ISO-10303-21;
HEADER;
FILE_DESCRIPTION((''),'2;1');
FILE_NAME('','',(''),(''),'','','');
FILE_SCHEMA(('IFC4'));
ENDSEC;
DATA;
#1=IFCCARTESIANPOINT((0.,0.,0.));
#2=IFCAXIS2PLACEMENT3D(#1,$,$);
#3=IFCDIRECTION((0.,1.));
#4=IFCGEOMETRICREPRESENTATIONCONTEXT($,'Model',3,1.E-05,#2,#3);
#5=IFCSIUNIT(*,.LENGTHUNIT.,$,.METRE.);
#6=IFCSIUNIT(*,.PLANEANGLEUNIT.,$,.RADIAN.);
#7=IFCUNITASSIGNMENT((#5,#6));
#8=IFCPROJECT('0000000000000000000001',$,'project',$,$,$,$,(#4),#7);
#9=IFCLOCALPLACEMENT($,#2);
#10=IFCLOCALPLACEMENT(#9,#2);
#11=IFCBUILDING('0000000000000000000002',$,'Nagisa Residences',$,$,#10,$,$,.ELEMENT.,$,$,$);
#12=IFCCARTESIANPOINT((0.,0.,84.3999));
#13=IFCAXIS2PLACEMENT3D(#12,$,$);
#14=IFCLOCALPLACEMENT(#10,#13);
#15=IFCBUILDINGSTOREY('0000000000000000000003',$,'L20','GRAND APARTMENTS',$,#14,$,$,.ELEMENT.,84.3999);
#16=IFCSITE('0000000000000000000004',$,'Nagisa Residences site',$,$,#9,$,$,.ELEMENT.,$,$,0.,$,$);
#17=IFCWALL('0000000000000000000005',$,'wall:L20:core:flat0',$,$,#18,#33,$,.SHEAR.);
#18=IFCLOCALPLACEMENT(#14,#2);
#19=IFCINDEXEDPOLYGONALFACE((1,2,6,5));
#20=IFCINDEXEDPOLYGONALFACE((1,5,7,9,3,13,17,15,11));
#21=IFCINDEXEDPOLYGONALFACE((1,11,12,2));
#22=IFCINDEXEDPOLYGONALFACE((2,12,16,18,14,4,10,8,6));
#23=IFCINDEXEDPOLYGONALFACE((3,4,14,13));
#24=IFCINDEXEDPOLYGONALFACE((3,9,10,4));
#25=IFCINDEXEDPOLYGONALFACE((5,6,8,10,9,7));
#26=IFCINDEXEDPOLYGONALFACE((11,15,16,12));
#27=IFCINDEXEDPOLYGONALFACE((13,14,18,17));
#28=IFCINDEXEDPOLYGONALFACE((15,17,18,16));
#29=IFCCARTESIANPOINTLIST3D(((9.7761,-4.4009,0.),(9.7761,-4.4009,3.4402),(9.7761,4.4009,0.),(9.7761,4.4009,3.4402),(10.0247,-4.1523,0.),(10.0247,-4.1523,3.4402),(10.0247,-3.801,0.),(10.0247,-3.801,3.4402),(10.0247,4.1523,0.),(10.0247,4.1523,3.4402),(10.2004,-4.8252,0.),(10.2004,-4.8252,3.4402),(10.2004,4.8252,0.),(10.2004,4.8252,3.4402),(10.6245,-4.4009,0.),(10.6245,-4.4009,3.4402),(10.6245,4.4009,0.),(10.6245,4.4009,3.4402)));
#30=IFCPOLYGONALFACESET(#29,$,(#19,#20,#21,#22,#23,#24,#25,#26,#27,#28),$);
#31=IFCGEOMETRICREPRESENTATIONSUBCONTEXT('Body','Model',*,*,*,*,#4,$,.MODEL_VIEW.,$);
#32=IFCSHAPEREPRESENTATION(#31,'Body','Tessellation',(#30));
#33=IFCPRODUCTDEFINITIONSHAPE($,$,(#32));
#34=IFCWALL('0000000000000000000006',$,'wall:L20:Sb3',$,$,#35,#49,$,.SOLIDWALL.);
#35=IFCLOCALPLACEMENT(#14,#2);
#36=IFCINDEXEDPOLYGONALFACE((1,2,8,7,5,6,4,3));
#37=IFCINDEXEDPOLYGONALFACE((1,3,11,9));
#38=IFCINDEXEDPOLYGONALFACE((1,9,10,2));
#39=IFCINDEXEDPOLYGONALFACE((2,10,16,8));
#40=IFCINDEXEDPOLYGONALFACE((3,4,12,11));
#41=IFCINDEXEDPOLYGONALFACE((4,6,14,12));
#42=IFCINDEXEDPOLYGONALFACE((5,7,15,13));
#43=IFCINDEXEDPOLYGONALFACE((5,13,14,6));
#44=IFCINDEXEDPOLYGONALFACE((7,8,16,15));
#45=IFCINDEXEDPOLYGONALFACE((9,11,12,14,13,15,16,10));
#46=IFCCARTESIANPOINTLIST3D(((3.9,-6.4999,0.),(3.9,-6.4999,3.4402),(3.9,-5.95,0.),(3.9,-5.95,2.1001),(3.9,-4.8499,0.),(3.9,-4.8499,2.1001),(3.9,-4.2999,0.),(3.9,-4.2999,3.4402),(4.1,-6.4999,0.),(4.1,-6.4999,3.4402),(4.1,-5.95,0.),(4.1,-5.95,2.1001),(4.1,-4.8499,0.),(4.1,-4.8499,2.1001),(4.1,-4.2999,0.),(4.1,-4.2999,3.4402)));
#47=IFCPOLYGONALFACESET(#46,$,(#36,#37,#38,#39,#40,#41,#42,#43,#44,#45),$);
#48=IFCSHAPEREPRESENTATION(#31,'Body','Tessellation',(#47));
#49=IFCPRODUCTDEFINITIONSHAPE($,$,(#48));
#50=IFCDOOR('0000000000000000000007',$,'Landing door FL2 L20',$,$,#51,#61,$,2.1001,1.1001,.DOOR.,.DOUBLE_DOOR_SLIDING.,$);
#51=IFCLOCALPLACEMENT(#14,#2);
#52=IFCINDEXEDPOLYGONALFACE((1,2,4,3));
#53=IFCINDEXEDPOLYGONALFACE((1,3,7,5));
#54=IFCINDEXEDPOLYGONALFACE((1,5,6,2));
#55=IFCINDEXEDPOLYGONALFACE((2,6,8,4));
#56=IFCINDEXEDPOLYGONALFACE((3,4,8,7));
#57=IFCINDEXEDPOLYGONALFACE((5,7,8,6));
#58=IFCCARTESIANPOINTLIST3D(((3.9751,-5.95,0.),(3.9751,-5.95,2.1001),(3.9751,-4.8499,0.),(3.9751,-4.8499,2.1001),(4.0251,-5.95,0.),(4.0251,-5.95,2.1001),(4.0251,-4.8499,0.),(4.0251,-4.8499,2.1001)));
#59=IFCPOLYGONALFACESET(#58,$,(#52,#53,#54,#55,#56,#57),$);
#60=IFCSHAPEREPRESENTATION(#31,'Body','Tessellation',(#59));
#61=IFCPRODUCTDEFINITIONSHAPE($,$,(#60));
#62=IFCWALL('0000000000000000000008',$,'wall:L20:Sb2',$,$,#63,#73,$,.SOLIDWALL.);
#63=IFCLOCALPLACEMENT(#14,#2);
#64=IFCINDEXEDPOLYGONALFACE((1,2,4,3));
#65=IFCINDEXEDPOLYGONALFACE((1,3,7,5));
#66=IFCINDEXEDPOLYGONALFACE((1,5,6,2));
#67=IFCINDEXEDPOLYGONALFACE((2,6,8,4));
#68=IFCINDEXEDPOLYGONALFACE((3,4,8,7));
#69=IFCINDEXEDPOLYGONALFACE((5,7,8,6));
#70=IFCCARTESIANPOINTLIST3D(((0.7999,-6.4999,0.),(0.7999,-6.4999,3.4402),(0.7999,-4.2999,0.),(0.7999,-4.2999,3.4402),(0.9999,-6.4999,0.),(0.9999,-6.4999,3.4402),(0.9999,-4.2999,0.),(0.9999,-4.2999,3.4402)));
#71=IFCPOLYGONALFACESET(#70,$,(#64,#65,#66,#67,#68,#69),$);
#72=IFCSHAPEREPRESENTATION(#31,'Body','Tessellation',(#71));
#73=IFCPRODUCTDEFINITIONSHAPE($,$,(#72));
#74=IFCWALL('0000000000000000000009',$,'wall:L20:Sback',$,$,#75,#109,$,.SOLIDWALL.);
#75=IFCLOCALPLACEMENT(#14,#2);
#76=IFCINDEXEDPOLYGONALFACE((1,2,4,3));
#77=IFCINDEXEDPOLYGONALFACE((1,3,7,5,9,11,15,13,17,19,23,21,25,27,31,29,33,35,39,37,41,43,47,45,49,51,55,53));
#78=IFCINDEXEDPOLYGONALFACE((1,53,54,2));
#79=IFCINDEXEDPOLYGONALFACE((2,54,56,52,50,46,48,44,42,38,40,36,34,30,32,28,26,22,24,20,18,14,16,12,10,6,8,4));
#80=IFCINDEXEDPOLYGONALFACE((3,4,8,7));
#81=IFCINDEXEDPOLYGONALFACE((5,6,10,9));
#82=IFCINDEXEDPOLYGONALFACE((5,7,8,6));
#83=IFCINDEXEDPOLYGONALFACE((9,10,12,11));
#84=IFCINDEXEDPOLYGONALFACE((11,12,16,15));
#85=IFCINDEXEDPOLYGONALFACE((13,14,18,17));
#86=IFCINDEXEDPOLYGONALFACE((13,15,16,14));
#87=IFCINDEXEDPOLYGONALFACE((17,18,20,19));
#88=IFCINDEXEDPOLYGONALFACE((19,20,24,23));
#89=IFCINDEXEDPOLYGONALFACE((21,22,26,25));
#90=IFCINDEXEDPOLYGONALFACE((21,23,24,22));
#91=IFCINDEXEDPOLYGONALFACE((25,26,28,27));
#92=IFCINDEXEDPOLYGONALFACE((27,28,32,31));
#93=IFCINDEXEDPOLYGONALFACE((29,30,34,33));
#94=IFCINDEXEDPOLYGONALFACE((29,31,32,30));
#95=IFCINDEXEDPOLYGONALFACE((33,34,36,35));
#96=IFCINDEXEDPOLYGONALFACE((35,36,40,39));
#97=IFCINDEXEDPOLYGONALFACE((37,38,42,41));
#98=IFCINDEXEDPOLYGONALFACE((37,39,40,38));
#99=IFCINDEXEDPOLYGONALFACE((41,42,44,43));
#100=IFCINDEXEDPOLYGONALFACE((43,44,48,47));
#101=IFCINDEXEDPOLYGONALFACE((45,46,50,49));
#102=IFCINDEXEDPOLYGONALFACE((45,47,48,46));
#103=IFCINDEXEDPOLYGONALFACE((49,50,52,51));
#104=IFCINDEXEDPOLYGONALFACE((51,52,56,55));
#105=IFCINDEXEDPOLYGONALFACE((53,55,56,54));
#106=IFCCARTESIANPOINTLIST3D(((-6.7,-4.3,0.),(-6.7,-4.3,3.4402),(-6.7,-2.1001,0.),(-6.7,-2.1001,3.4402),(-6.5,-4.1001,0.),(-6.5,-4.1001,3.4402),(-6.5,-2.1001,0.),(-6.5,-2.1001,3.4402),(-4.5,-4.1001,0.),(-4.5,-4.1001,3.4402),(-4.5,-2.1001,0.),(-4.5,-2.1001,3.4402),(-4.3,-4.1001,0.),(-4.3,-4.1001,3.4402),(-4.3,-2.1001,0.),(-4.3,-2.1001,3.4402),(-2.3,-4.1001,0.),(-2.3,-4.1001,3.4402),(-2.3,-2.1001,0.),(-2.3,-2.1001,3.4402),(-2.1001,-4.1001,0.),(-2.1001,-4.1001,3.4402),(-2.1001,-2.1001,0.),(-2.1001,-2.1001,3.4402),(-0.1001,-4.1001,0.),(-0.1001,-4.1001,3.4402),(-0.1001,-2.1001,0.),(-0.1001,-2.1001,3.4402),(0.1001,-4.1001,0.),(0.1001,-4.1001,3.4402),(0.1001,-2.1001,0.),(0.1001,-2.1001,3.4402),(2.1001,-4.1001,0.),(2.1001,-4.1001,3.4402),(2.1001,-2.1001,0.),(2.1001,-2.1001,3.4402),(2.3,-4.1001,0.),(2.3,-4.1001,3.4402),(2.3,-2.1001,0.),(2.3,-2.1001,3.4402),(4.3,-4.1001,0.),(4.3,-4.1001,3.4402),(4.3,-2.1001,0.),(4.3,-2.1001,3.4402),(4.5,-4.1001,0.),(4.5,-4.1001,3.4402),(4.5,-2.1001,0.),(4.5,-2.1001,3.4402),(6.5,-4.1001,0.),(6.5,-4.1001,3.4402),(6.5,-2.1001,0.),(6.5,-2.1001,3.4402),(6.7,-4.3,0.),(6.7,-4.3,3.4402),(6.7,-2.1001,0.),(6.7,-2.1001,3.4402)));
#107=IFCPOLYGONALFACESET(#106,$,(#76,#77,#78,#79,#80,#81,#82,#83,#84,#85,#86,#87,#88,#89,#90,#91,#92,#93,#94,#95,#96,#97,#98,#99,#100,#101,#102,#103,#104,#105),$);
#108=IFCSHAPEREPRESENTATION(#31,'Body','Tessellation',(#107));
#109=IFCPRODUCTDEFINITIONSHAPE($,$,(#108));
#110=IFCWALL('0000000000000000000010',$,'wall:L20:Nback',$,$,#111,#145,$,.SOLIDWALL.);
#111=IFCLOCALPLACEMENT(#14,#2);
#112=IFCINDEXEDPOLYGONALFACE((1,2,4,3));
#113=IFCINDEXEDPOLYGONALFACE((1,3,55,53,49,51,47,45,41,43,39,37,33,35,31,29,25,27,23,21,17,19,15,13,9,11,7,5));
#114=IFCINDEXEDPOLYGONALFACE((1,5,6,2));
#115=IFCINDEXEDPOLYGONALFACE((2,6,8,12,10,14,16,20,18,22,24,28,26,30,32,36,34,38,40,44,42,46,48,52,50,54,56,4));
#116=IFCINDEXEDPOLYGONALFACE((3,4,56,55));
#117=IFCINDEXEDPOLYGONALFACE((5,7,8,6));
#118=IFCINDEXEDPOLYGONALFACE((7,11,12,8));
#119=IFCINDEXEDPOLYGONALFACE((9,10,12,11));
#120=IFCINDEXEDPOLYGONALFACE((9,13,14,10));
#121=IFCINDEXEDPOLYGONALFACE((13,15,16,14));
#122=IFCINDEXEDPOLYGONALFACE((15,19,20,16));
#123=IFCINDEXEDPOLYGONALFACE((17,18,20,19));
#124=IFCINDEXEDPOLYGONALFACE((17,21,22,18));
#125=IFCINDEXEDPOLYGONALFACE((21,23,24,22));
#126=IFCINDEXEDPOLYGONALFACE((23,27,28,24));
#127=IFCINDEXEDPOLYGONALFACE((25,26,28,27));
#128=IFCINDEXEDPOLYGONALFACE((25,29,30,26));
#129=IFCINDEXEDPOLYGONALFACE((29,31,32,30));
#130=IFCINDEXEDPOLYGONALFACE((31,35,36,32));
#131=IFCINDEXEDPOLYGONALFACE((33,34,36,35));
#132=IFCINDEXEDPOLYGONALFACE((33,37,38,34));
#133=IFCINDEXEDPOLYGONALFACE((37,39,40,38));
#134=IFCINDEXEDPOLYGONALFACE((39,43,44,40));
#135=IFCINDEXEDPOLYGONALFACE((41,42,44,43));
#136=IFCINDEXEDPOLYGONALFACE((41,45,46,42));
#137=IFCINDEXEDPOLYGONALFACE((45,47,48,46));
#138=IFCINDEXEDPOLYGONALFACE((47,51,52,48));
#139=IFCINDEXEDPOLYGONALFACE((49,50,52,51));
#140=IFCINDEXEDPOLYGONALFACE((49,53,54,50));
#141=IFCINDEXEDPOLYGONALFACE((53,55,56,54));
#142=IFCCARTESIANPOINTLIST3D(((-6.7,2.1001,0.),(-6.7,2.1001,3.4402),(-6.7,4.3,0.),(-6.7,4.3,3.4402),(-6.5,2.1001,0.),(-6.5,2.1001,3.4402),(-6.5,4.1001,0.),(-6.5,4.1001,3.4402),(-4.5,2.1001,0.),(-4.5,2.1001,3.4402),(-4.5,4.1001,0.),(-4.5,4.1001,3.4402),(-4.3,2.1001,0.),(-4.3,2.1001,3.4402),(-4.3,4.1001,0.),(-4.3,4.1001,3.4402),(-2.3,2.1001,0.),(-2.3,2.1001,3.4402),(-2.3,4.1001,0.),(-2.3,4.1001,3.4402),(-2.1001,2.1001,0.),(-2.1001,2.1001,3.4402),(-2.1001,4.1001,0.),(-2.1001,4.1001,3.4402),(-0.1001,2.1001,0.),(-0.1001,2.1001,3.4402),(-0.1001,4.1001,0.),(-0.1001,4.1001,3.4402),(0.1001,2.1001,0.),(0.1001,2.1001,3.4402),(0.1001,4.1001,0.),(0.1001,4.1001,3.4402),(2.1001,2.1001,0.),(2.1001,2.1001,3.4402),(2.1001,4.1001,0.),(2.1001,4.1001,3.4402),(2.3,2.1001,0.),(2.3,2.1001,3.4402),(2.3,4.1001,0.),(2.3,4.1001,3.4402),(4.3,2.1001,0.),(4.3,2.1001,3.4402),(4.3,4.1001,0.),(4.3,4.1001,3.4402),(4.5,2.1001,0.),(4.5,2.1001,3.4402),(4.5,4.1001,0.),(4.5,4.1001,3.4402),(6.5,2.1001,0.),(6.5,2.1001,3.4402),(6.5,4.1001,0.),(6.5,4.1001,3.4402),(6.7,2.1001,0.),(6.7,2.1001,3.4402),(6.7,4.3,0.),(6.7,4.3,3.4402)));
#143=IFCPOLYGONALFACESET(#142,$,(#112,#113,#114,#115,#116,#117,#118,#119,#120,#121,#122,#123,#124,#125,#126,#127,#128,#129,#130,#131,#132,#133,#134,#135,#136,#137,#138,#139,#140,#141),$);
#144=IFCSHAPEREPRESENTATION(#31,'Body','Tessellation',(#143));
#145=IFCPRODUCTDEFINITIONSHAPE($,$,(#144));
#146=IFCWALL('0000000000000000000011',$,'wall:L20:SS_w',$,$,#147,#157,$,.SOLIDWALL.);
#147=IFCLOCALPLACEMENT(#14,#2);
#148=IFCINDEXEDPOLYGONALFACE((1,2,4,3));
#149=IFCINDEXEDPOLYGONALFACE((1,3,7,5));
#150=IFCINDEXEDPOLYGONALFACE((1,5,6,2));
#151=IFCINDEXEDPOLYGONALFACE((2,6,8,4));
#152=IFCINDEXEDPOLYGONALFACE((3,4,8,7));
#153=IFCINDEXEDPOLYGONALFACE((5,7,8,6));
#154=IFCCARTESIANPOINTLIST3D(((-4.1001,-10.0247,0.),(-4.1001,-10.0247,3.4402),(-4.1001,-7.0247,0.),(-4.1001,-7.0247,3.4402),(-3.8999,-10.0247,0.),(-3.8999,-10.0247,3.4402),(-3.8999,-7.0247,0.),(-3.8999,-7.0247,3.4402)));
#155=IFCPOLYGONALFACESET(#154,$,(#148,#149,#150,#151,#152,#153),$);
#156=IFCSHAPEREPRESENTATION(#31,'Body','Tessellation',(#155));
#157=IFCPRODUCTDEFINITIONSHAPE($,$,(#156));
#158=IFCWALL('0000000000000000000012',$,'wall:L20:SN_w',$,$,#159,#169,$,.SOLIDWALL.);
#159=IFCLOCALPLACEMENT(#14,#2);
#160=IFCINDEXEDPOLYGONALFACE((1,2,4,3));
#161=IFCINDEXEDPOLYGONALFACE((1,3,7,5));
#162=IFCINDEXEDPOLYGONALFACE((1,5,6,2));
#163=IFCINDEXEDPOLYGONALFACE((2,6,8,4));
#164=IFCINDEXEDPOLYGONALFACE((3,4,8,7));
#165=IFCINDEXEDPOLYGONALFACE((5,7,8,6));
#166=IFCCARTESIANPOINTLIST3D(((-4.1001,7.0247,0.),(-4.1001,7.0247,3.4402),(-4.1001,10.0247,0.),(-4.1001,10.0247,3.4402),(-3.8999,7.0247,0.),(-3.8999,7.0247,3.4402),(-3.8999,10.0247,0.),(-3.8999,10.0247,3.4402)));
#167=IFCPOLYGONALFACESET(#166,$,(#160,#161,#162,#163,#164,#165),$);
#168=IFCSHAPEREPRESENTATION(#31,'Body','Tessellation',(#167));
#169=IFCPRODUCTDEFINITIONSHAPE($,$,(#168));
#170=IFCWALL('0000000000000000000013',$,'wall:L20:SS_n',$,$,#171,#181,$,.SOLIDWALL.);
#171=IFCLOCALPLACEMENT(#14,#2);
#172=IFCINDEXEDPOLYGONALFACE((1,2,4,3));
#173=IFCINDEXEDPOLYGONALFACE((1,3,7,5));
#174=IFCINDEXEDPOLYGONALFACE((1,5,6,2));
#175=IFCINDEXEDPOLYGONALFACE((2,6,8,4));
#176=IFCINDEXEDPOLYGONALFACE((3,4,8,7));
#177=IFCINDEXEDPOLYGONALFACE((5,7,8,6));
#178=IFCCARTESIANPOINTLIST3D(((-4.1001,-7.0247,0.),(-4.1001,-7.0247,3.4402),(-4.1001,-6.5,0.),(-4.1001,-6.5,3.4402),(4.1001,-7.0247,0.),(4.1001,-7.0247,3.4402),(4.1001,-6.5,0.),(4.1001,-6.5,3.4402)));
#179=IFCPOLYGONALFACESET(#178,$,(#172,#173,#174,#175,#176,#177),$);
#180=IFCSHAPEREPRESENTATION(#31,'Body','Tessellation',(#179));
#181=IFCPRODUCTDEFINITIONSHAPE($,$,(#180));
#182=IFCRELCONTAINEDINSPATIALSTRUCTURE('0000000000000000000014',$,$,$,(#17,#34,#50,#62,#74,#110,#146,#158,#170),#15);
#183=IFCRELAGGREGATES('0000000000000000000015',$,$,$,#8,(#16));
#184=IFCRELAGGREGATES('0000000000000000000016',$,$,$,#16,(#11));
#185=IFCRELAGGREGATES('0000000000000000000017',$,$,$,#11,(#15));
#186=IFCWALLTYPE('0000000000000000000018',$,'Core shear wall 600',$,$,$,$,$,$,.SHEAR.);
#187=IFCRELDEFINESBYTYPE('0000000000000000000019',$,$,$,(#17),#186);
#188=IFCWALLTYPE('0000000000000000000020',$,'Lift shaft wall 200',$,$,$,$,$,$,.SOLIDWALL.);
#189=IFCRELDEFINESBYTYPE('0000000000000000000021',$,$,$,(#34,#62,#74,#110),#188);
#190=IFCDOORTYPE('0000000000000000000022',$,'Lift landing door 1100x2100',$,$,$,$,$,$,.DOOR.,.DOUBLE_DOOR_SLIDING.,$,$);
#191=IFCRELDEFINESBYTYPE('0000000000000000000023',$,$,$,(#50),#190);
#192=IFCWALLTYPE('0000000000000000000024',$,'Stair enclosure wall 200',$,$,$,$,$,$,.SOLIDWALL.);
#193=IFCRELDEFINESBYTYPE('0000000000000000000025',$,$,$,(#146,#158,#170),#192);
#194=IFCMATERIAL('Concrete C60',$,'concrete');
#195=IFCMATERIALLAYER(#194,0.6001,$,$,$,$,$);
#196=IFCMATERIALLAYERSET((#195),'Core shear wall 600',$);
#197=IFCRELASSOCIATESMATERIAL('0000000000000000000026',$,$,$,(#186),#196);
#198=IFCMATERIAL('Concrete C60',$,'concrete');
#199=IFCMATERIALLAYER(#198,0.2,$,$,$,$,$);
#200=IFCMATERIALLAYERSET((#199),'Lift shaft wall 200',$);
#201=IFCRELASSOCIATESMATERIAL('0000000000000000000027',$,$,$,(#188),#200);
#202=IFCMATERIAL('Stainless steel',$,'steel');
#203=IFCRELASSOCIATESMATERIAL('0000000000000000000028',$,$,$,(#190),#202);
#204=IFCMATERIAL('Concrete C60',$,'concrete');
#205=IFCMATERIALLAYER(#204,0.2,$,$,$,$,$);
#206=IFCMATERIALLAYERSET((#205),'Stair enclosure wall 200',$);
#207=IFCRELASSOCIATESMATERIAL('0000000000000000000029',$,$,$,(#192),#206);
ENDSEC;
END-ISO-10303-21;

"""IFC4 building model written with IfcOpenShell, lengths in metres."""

from ifc_helpers import new_model, si_unit, direction, frame, frame_2d, origin, place, context, subcontext, project, spatial, polyline, rectangle, outline, extrude, material, layer, layer_set, type_object, element, fill, save


model = new_model("IFC4")

# Units and contexts
model_context = context("Model", 3, precision=1e-05, world=origin(), true_north=direction((0.0, 1.0)))
body_context = subcontext(model_context, "Body", "Model", "MODEL_VIEW")
ifc_project = project(units=[si_unit("LENGTHUNIT", "METRE"), si_unit("PLANEANGLEUNIT", "RADIAN")], contexts=[model_context])

# Site, building, storey
site_placement = place(None, origin())
site = spatial("IfcSite", under=ifc_project, at=site_placement, Name="Nagisa Residences site", CompositionType="ELEMENT", RefElevation=0.0)
building_placement = place(site_placement, origin())
building = spatial("IfcBuilding", under=site, at=building_placement, Name="Nagisa Residences", CompositionType="ELEMENT")
storey_placement = place(building_placement, frame((0.0, 0.0, 84.3999)))
storey = spatial("IfcBuildingStorey", under=building, at=storey_placement, Name="L20", Description="GRAND APARTMENTS", CompositionType="ELEMENT", Elevation=84.3999)

# Shared definitions
ifc_material_1 = material(Name="Concrete C60", Category="concrete")
ifc_layer_1 = layer(ifc_material_1, 0.6001)
ifc_layer_set_1 = layer_set([ifc_layer_1], Name="Core shear wall 600")
wall_type_1 = type_object("IfcWallType", Name="Core shear wall 600", PredefinedType="SHEAR", material=ifc_layer_set_1)

# Wall
wall_1_placement = place(storey_placement, origin())
element("IfcWall", 1, at=wall_1_placement, inside=storey, type_object=wall_type_1, Name="wall:L20:core:flat0", PredefinedType="SHEAR", context=body_context, shape_type="SweptSolid", body=[
    extrude(outline(polyline([(9.7761, -4.4009), (10.0247, -4.1523), (10.0247, -3.801), (10.0247, 4.1523), (9.7761, 4.4009), (10.2004, 4.8252), (10.6245, 4.4009), (10.6245, -4.4009), (10.2004, -4.8252), (9.7761, -4.4009)])), origin(), (0.0, 0.0, 1.0), 3.4402),
])

# Wall, opening, door
ifc_material_2 = material(Name="Concrete C60", Category="concrete")
ifc_layer_2 = layer(ifc_material_2, 0.2)
ifc_layer_set_2 = layer_set([ifc_layer_2], Name="Lift shaft wall 200")
wall_type_2 = type_object("IfcWallType", Name="Lift shaft wall 200", PredefinedType="SOLIDWALL", material=ifc_layer_set_2)
wall_2_placement = place(storey_placement, frame((4.0, -6.5, 0.0), z_axis=(0.0, 0.0, 1.0), x_axis=(0.0, 1.0, 0.0)))
wall_2 = element("IfcWall", 2, at=wall_2_placement, inside=storey, type_object=wall_type_2, Name="wall:L20:Sb3", PredefinedType="SOLIDWALL", context=body_context, shape_type="SweptSolid", body=[
    extrude(rectangle(XDim=2.2, YDim=0.2, at=frame_2d((1.1001, 0.0))), origin(), (0.0, 0.0, 1.0), 3.4402),
])
opening_1_placement = place(wall_2_placement, frame((0.55, 0.0, 0.0)))
opening_1 = element("IfcOpeningElement", 3, at=opening_1_placement, cuts=wall_2, PredefinedType="OPENING", context=body_context, shape_type="SweptSolid", body=[
    extrude(rectangle(XDim=1.1001, YDim=2.1001, at=frame_2d((0.55, 1.05))), frame((0.0, 0.1099, 0.0), z_axis=(0.0, -1.0, 0.0), x_axis=(1.0, 0.0, 0.0)), (0.0, 0.0, 1.0), 0.22),
])
ifc_material_3 = material(Name="Stainless steel", Category="steel")
door_type_1 = type_object("IfcDoorType", Name="Lift landing door 1100x2100", OperationType="DOUBLE_DOOR_SLIDING", PredefinedType="DOOR", material=ifc_material_3)
door_1_placement = place(opening_1_placement, origin())
door_1 = element("IfcDoor", 4, at=door_1_placement, inside=storey, type_object=door_type_1, Name="Landing door FL2 L20", OperationType="DOUBLE_DOOR_SLIDING", OverallHeight=2.1001, OverallWidth=1.1001, PredefinedType="DOOR", context=body_context, shape_type="SweptSolid", body=[
    extrude(rectangle(XDim=1.1001, YDim=2.1001, at=frame_2d((0.55, 1.05))), frame((0.0, 0.0249, 0.0), z_axis=(0.0, -1.0, 0.0), x_axis=(1.0, 0.0, 0.0)), (0.0, 0.0, 1.0), 0.05),
])
fill(opening_1, door_1)

# Walls
wall_3_placement = place(storey_placement, frame((0.8999, -6.5, 0.0), z_axis=(0.0, 0.0, 1.0), x_axis=(0.0, 1.0, 0.0)))
element("IfcWall", 5, at=wall_3_placement, inside=storey, type_object=wall_type_2, Name="wall:L20:Sb2", PredefinedType="SOLIDWALL", context=body_context, shape_type="SweptSolid", body=[
    extrude(rectangle(XDim=2.2, YDim=0.2, at=frame_2d((1.1001, 0.0))), origin(), (0.0, 0.0, 1.0), 3.4402),
])
wall_4_placement = place(storey_placement, origin())
element("IfcWall", 6, at=wall_4_placement, inside=storey, type_object=wall_type_2, Name="wall:L20:Sback", PredefinedType="SOLIDWALL", context=body_context, shape_type="SweptSolid", body=[
    extrude(outline(polyline([(-6.7, -2.1001), (-6.5, -2.1001), (-6.5, -4.1001), (-4.5, -4.1001), (-4.5, -2.1001), (-4.3, -2.1001), (-4.3, -4.1001), (-2.3, -4.1001), (-2.3, -2.1001), (-2.1001, -2.1001), (-2.1001, -4.1001), (-0.1001, -4.1001), (-0.1001, -2.1001), (0.1001, -2.1001), (0.1001, -4.1001), (2.1001, -4.1001), (2.1001, -2.1001), (2.3, -2.1001), (2.3, -4.1001), (4.3, -4.1001), (4.3, -2.1001), (4.5, -2.1001), (4.5, -4.1001), (6.5, -4.1001), (6.5, -2.1001), (6.7, -2.1001), (6.7, -4.3), (-6.7, -4.3), (-6.7, -2.1001)])), origin(), (0.0, 0.0, 1.0), 3.4402),
])
wall_5_placement = place(storey_placement, origin())
element("IfcWall", 7, at=wall_5_placement, inside=storey, type_object=wall_type_2, Name="wall:L20:Nback", PredefinedType="SOLIDWALL", context=body_context, shape_type="SweptSolid", body=[
    extrude(outline(polyline([(-6.5, 2.1001), (-6.7, 2.1001), (-6.7, 4.3), (6.7, 4.3), (6.7, 2.1001), (6.5, 2.1001), (6.5, 4.1001), (4.5, 4.1001), (4.5, 2.1001), (4.3, 2.1001), (4.3, 4.1001), (2.3, 4.1001), (2.3, 2.1001), (2.1001, 2.1001), (2.1001, 4.1001), (0.1001, 4.1001), (0.1001, 2.1001), (-0.1001, 2.1001), (-0.1001, 4.1001), (-2.1001, 4.1001), (-2.1001, 2.1001), (-2.3, 2.1001), (-2.3, 4.1001), (-4.3, 4.1001), (-4.3, 2.1001), (-4.5, 2.1001), (-4.5, 4.1001), (-6.5, 4.1001), (-6.5, 2.1001)])), origin(), (0.0, 0.0, 1.0), 3.4402),
])
ifc_material_4 = material(Name="Concrete C60", Category="concrete")
ifc_layer_3 = layer(ifc_material_4, 0.2)
ifc_layer_set_3 = layer_set([ifc_layer_3], Name="Stair enclosure wall 200")
wall_type_3 = type_object("IfcWallType", Name="Stair enclosure wall 200", PredefinedType="SOLIDWALL", material=ifc_layer_set_3)
wall_6_placement = place(storey_placement, origin())
element("IfcWall", 8, at=wall_6_placement, inside=storey, type_object=wall_type_3, Name="wall:L20:SS_w", PredefinedType="SOLIDWALL", context=body_context, shape_type="SweptSolid", body=[
    extrude(outline(polyline([(-3.8999, -10.0247), (-4.1001, -10.0247), (-4.1001, -7.0247), (-3.8999, -7.0247), (-3.8999, -10.0247)])), origin(), (0.0, 0.0, 1.0), 3.4402),
])
wall_7_placement = place(storey_placement, origin())
element("IfcWall", 9, at=wall_7_placement, inside=storey, type_object=wall_type_3, Name="wall:L20:SN_w", PredefinedType="SOLIDWALL", context=body_context, shape_type="SweptSolid", body=[
    extrude(outline(polyline([(-3.8999, 7.0247), (-4.1001, 7.0247), (-4.1001, 10.0247), (-3.8999, 10.0247), (-3.8999, 7.0247)])), origin(), (0.0, 0.0, 1.0), 3.4402),
])
wall_8_placement = place(storey_placement, origin())
element("IfcWall", 10, at=wall_8_placement, inside=storey, type_object=wall_type_3, Name="wall:L20:SS_n", PredefinedType="SOLIDWALL", context=body_context, shape_type="SweptSolid", body=[
    extrude(outline(polyline([(4.1001, -7.0247), (-4.1001, -7.0247), (-4.1001, -6.5), (4.1001, -6.5), (4.1001, -7.0247)])), origin(), (0.0, 0.0, 1.0), 3.4402),
])

save(model, "model.ifc")
